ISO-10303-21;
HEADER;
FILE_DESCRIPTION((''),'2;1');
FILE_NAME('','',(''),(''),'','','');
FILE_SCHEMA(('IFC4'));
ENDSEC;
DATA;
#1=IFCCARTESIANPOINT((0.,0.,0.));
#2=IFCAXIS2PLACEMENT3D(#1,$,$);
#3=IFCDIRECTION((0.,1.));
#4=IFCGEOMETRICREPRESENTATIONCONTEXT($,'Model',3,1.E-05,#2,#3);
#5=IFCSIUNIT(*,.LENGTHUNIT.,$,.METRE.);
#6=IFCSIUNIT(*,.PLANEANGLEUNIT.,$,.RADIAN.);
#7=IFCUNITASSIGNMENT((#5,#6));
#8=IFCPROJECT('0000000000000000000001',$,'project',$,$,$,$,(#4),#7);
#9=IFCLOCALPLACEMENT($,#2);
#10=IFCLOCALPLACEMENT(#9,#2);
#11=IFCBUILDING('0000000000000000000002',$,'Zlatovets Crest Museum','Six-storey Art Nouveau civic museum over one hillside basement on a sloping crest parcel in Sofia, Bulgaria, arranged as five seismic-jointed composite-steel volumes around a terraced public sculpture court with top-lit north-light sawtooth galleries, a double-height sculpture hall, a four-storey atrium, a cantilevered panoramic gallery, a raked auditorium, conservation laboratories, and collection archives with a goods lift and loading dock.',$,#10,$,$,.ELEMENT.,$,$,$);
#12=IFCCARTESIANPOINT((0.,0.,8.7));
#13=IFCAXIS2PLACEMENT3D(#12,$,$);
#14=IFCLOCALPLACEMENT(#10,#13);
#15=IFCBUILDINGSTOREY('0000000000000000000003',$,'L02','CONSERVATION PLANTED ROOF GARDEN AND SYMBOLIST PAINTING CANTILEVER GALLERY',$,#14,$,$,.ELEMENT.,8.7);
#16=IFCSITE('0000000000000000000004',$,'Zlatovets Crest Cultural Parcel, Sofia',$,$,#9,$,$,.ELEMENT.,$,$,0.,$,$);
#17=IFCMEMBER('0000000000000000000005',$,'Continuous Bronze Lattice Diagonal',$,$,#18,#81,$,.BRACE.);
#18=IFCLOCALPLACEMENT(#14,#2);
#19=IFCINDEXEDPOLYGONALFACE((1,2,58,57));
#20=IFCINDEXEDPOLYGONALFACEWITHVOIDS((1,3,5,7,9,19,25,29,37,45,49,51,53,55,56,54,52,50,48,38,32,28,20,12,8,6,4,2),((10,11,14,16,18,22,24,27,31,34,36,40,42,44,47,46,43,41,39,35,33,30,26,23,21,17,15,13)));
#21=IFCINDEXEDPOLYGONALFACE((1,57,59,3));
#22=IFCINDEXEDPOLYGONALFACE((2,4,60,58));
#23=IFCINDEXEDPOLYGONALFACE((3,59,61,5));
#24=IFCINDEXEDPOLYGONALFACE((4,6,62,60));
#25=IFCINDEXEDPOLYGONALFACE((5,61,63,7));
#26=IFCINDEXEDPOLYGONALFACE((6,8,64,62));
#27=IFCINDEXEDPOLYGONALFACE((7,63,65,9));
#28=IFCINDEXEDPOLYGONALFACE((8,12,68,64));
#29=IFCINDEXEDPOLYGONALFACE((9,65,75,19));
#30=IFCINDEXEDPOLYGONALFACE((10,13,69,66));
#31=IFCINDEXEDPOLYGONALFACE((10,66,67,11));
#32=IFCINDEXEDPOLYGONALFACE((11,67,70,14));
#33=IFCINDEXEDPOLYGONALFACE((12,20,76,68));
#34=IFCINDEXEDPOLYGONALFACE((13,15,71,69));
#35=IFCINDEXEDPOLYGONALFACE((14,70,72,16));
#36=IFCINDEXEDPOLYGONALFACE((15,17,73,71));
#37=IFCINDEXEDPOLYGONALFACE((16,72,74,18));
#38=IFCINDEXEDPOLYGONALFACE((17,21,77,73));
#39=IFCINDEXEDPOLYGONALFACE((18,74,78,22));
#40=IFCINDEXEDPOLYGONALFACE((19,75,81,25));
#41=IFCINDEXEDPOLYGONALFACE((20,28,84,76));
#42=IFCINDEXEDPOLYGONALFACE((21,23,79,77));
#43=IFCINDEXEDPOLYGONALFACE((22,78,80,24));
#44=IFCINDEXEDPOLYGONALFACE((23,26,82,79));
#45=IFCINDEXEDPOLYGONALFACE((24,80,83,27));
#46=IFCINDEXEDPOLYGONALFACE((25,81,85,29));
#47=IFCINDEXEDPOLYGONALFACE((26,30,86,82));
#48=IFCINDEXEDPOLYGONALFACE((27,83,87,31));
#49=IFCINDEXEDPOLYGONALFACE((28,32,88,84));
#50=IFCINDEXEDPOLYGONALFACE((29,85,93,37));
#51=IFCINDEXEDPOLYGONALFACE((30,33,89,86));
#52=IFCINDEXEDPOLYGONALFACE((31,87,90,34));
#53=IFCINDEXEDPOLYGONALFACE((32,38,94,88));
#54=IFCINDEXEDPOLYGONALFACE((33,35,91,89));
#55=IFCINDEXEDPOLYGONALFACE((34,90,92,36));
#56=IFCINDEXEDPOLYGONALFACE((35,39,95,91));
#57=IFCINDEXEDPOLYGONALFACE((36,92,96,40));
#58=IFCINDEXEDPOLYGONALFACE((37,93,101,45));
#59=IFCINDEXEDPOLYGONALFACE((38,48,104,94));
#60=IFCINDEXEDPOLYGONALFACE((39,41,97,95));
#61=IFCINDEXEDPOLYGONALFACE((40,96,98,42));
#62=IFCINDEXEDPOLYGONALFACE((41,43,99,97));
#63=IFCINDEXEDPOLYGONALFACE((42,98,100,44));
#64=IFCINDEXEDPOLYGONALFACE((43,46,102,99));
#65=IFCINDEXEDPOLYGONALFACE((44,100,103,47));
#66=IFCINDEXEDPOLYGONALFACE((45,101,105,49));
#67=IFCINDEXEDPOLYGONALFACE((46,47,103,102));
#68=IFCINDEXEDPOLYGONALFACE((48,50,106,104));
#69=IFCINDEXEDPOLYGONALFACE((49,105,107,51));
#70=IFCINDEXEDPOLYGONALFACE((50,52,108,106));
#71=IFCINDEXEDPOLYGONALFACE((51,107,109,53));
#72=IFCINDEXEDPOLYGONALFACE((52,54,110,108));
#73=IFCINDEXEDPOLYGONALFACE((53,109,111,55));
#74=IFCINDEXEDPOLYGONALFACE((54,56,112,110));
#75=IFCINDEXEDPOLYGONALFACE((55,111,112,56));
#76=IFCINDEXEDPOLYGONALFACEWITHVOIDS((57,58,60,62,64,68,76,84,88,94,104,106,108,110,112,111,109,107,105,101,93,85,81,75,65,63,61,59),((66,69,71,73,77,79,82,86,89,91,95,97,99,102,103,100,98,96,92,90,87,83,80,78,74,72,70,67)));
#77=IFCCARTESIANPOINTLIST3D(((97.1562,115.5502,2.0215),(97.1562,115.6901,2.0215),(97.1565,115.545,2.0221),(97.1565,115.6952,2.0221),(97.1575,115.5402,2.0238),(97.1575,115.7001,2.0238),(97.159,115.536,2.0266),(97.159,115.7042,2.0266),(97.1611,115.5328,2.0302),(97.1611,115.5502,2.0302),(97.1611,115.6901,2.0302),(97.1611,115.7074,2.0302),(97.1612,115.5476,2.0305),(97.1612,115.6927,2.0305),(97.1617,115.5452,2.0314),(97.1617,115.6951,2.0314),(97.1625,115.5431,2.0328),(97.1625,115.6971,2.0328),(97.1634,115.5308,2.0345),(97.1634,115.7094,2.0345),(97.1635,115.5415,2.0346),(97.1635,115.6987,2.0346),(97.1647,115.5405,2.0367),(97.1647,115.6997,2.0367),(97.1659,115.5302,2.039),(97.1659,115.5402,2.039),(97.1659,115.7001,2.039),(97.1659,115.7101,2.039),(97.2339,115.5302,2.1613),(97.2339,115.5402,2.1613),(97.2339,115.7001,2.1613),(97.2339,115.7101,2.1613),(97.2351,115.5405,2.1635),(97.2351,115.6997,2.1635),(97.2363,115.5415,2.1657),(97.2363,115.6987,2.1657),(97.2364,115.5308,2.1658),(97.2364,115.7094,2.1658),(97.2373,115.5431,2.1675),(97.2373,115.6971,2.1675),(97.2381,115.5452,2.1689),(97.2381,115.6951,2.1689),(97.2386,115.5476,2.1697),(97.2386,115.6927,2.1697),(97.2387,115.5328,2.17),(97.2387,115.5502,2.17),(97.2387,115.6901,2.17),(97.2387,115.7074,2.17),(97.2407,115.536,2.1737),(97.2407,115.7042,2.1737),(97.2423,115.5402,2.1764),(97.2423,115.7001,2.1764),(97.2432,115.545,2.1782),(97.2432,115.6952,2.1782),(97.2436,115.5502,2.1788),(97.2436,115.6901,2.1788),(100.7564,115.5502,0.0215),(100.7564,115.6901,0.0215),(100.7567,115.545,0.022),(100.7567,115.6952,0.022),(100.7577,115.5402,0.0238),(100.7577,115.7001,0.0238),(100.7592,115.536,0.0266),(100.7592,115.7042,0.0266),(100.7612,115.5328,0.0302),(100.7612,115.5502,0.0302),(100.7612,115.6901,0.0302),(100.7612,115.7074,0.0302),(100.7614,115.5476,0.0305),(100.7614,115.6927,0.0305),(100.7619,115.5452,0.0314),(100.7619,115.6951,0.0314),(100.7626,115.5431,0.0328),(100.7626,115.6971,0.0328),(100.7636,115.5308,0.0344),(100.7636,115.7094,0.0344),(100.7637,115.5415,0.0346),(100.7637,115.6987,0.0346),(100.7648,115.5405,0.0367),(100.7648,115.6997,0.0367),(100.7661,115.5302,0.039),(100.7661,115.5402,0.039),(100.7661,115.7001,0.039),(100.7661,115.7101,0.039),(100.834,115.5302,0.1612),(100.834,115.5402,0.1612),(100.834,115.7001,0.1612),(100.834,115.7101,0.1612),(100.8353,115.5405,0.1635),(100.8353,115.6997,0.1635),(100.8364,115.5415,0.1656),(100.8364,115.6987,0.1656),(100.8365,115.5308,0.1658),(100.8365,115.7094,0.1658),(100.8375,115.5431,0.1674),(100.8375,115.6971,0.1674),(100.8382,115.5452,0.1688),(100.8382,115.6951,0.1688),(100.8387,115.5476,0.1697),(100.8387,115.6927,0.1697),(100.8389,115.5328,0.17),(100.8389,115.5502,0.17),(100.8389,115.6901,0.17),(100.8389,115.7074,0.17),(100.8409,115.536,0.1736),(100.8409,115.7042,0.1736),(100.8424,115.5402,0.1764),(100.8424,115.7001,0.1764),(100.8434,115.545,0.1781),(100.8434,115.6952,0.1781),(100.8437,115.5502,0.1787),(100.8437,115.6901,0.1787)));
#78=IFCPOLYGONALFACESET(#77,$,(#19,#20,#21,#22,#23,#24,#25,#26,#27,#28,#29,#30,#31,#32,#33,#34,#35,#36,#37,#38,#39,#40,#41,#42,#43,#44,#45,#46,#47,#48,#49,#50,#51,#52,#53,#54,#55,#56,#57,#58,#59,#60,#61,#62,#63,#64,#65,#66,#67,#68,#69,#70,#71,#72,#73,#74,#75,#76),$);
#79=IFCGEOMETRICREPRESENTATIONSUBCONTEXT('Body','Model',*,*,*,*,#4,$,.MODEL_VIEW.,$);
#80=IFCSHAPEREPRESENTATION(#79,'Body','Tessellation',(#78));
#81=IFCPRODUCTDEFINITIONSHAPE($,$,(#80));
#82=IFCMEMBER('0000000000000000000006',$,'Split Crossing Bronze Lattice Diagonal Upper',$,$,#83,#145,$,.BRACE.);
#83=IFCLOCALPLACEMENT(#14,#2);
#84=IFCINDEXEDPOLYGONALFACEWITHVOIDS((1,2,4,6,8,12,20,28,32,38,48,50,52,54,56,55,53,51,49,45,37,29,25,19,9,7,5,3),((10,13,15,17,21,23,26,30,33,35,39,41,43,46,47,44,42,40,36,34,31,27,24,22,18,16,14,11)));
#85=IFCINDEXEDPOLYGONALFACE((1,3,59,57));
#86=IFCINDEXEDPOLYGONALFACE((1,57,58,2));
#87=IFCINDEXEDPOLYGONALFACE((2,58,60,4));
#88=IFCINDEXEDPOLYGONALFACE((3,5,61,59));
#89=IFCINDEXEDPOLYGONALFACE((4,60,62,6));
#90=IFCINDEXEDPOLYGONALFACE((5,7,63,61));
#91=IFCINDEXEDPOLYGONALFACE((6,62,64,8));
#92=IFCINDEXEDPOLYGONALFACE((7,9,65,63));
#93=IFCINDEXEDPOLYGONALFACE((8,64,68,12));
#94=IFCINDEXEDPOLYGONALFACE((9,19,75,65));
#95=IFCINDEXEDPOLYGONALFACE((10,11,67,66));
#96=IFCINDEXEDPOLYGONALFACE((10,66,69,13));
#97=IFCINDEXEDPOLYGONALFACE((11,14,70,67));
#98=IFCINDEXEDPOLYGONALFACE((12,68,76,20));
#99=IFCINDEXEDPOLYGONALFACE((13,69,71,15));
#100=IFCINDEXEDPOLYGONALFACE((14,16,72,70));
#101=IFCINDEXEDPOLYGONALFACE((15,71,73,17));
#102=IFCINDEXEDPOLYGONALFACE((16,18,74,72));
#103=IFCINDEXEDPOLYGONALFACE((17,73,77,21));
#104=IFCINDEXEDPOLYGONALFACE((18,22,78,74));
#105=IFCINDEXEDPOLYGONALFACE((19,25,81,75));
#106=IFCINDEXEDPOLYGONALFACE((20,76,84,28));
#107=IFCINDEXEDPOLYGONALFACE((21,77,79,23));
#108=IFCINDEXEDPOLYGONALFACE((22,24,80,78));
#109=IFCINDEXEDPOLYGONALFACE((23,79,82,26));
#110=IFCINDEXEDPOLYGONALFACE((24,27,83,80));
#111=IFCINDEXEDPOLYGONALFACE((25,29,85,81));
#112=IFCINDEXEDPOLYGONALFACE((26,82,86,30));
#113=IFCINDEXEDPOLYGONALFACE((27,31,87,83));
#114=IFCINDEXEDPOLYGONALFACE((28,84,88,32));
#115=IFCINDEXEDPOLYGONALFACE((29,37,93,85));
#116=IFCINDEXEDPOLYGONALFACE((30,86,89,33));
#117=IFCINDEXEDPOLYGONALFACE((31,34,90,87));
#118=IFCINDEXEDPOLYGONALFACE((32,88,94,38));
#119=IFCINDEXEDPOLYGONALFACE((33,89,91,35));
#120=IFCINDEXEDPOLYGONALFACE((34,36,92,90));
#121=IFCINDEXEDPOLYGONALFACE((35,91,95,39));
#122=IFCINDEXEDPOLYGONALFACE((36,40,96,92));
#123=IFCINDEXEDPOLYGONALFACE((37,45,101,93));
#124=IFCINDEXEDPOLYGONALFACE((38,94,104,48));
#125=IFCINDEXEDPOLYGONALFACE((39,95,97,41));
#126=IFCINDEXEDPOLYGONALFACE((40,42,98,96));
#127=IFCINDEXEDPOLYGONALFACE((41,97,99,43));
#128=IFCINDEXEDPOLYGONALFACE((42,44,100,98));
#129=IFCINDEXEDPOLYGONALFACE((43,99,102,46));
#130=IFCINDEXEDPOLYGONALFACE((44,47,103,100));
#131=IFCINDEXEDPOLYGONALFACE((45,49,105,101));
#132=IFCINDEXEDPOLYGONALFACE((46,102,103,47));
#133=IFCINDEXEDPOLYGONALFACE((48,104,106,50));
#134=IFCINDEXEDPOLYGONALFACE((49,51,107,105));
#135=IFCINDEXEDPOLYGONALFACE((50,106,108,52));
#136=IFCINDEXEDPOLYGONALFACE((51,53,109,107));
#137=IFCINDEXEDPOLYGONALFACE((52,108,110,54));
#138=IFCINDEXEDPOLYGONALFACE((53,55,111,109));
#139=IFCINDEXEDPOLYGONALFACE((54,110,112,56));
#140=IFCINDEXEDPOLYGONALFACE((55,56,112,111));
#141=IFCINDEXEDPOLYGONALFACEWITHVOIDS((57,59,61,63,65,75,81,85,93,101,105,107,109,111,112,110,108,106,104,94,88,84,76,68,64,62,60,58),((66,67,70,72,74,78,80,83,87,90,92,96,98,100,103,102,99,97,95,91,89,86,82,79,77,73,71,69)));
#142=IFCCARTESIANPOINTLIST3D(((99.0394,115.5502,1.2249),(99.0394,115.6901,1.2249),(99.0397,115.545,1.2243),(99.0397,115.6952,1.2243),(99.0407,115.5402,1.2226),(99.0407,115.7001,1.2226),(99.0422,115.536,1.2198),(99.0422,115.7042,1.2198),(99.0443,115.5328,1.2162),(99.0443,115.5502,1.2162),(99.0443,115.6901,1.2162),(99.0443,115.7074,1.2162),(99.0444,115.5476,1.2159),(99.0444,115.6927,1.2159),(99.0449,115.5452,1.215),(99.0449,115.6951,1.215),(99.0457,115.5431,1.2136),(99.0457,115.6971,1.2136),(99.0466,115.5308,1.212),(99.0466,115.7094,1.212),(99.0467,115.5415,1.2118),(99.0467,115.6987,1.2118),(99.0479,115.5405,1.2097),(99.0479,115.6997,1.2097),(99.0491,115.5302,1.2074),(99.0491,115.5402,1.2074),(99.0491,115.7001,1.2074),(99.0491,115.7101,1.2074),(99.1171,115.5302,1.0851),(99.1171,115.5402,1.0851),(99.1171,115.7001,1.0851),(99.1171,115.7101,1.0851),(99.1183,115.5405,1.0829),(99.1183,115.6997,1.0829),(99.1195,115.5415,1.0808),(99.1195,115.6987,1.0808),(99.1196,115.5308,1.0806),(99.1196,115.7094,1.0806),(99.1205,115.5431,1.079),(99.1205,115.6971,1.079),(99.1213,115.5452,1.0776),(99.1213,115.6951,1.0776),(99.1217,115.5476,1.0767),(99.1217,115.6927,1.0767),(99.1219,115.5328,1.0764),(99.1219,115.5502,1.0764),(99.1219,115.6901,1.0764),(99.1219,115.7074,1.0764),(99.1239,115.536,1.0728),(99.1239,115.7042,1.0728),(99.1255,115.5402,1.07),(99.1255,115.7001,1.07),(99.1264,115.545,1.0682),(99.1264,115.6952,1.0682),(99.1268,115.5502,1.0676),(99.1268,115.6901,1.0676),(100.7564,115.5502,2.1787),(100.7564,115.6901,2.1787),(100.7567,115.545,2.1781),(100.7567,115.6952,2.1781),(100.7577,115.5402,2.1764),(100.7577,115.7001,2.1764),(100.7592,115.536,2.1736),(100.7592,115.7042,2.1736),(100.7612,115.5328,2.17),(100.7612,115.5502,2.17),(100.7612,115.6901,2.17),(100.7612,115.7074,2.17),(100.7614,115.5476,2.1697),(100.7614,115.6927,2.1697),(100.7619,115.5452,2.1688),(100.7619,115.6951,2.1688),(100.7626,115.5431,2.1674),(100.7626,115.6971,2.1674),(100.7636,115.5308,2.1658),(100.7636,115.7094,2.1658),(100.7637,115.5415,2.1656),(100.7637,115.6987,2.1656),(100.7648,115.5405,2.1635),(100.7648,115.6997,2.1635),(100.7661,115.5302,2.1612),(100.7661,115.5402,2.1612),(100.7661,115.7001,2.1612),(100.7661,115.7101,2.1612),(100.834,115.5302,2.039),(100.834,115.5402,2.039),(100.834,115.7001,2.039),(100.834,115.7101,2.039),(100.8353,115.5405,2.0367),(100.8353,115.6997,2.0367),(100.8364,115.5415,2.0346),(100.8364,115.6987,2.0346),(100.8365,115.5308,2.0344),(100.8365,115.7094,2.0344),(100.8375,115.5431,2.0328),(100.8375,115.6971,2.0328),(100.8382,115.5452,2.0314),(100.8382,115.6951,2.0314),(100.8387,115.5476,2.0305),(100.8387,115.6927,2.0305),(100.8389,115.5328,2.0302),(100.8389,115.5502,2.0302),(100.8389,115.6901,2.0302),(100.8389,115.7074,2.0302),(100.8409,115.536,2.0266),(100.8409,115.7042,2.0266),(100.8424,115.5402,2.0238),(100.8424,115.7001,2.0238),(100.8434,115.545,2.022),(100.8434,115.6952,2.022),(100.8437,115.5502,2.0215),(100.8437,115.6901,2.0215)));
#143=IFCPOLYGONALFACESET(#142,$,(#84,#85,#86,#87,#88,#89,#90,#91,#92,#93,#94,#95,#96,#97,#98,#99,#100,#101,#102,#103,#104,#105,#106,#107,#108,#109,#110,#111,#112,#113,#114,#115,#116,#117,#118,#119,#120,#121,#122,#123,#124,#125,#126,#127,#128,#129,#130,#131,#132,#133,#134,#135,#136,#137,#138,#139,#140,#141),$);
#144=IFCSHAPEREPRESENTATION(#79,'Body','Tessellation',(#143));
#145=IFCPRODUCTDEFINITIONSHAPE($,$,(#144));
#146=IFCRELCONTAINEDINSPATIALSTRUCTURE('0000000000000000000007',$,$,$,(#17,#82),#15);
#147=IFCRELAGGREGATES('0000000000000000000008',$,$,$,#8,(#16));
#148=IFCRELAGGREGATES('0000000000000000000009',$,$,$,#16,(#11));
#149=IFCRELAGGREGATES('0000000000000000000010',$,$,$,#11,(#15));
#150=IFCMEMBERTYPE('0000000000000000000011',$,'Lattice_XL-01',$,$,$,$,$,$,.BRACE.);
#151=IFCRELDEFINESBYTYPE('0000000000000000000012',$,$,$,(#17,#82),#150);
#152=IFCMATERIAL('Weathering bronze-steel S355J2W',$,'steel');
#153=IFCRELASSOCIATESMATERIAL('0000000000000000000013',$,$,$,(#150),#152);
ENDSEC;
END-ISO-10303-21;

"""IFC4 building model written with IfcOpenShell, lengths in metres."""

from ifc_helpers import new_model, si_unit, direction, frame, origin, origin_2d, place, context, subcontext, project, spatial, hollow_rectangle, extrude, material, material_profile, profile_set, type_object, element, save


model = new_model("IFC4")

# Units and contexts
model_context = context("Model", 3, precision=1e-05, world=origin(), true_north=direction((0.0, 1.0)))
body_context = subcontext(model_context, "Body", "Model", "MODEL_VIEW")
ifc_project = project(units=[si_unit("LENGTHUNIT", "METRE"), si_unit("PLANEANGLEUNIT", "RADIAN")], contexts=[model_context])

# Site, building, storey
site_placement = place(None, origin())
site = spatial("IfcSite", under=ifc_project, at=site_placement, Name="Zlatovets Crest Cultural Parcel, Sofia", CompositionType="ELEMENT", RefElevation=0.0)
building_placement = place(site_placement, origin())
building = spatial("IfcBuilding", under=site, at=building_placement, Name="Zlatovets Crest Museum", Description="Six-storey Art Nouveau civic museum over one hillside basement on a sloping crest parcel in Sofia, Bulgaria, arranged as five seismic-jointed composite-steel volumes around a terraced public sculpture court with top-lit north-light sawtooth galleries, a double-height sculpture hall, a four-storey atrium, a cantilevered panoramic gallery, a raked auditorium, conservation laboratories, and collection archives with a goods lift and loading dock.", CompositionType="ELEMENT")
storey_placement = place(building_placement, frame((0.0, 0.0, 8.7)))
storey = spatial("IfcBuildingStorey", under=building, at=storey_placement, Name="L02", Description="CONSERVATION PLANTED ROOF GARDEN AND SYMBOLIST PAINTING CANTILEVER GALLERY", CompositionType="ELEMENT", Elevation=8.7)

# Members
ifc_material_1 = material(Name="Weathering bronze-steel S355J2W", Category="steel")
ifc_material_profile_1 = material_profile(ifc_material_1, hollow_rectangle(XDim=0.1799, YDim=0.1799, WallThickness=0.01, InnerFilletRadius=0.01, OuterFilletRadius=0.02, at=origin_2d()), Name="SHS 180x180x10.0")
ifc_profile_set_1 = profile_set([ifc_material_profile_1], Name="Weathering bronze-steel S355J2W")
member_type_1 = type_object("IfcMemberType", Name="Lattice_XL-01", PredefinedType="BRACE", material=ifc_profile_set_1)
member_1_placement = place(storey_placement, frame((100.8, 115.6201, 0.1001), z_axis=(-0.874163, 0.0, 0.485633), x_axis=(0.0, -1.0, 0.0)))
element("IfcMember", 1, at=member_1_placement, inside=storey, type_object=member_type_1, Name="Continuous Bronze Lattice Diagonal", PredefinedType="BRACE", context=body_context, shape_type="SweptSolid", body=[
    extrude(hollow_rectangle(XDim=0.1799, YDim=0.1799, WallThickness=0.01, InnerFilletRadius=0.01, OuterFilletRadius=0.02, at=origin_2d()), origin(), (0.0, 0.0, 1.0), 4.1184),
])
member_2_placement = place(storey_placement, frame((100.8, 115.6201, 2.1001), z_axis=(-0.874169, 0.0, -0.485622), x_axis=(0.0, -1.0, 0.0)))
element("IfcMember", 2, at=member_2_placement, inside=storey, type_object=member_type_1, Name="Split Crossing Bronze Lattice Diagonal Upper", PredefinedType="BRACE", context=body_context, shape_type="SweptSolid", body=[
    extrude(hollow_rectangle(XDim=0.1799, YDim=0.1799, WallThickness=0.01, InnerFilletRadius=0.01, OuterFilletRadius=0.02, at=origin_2d()), origin(), (0.0, 0.0, 1.0), 1.9641),
])

save(model, "model.ifc")
